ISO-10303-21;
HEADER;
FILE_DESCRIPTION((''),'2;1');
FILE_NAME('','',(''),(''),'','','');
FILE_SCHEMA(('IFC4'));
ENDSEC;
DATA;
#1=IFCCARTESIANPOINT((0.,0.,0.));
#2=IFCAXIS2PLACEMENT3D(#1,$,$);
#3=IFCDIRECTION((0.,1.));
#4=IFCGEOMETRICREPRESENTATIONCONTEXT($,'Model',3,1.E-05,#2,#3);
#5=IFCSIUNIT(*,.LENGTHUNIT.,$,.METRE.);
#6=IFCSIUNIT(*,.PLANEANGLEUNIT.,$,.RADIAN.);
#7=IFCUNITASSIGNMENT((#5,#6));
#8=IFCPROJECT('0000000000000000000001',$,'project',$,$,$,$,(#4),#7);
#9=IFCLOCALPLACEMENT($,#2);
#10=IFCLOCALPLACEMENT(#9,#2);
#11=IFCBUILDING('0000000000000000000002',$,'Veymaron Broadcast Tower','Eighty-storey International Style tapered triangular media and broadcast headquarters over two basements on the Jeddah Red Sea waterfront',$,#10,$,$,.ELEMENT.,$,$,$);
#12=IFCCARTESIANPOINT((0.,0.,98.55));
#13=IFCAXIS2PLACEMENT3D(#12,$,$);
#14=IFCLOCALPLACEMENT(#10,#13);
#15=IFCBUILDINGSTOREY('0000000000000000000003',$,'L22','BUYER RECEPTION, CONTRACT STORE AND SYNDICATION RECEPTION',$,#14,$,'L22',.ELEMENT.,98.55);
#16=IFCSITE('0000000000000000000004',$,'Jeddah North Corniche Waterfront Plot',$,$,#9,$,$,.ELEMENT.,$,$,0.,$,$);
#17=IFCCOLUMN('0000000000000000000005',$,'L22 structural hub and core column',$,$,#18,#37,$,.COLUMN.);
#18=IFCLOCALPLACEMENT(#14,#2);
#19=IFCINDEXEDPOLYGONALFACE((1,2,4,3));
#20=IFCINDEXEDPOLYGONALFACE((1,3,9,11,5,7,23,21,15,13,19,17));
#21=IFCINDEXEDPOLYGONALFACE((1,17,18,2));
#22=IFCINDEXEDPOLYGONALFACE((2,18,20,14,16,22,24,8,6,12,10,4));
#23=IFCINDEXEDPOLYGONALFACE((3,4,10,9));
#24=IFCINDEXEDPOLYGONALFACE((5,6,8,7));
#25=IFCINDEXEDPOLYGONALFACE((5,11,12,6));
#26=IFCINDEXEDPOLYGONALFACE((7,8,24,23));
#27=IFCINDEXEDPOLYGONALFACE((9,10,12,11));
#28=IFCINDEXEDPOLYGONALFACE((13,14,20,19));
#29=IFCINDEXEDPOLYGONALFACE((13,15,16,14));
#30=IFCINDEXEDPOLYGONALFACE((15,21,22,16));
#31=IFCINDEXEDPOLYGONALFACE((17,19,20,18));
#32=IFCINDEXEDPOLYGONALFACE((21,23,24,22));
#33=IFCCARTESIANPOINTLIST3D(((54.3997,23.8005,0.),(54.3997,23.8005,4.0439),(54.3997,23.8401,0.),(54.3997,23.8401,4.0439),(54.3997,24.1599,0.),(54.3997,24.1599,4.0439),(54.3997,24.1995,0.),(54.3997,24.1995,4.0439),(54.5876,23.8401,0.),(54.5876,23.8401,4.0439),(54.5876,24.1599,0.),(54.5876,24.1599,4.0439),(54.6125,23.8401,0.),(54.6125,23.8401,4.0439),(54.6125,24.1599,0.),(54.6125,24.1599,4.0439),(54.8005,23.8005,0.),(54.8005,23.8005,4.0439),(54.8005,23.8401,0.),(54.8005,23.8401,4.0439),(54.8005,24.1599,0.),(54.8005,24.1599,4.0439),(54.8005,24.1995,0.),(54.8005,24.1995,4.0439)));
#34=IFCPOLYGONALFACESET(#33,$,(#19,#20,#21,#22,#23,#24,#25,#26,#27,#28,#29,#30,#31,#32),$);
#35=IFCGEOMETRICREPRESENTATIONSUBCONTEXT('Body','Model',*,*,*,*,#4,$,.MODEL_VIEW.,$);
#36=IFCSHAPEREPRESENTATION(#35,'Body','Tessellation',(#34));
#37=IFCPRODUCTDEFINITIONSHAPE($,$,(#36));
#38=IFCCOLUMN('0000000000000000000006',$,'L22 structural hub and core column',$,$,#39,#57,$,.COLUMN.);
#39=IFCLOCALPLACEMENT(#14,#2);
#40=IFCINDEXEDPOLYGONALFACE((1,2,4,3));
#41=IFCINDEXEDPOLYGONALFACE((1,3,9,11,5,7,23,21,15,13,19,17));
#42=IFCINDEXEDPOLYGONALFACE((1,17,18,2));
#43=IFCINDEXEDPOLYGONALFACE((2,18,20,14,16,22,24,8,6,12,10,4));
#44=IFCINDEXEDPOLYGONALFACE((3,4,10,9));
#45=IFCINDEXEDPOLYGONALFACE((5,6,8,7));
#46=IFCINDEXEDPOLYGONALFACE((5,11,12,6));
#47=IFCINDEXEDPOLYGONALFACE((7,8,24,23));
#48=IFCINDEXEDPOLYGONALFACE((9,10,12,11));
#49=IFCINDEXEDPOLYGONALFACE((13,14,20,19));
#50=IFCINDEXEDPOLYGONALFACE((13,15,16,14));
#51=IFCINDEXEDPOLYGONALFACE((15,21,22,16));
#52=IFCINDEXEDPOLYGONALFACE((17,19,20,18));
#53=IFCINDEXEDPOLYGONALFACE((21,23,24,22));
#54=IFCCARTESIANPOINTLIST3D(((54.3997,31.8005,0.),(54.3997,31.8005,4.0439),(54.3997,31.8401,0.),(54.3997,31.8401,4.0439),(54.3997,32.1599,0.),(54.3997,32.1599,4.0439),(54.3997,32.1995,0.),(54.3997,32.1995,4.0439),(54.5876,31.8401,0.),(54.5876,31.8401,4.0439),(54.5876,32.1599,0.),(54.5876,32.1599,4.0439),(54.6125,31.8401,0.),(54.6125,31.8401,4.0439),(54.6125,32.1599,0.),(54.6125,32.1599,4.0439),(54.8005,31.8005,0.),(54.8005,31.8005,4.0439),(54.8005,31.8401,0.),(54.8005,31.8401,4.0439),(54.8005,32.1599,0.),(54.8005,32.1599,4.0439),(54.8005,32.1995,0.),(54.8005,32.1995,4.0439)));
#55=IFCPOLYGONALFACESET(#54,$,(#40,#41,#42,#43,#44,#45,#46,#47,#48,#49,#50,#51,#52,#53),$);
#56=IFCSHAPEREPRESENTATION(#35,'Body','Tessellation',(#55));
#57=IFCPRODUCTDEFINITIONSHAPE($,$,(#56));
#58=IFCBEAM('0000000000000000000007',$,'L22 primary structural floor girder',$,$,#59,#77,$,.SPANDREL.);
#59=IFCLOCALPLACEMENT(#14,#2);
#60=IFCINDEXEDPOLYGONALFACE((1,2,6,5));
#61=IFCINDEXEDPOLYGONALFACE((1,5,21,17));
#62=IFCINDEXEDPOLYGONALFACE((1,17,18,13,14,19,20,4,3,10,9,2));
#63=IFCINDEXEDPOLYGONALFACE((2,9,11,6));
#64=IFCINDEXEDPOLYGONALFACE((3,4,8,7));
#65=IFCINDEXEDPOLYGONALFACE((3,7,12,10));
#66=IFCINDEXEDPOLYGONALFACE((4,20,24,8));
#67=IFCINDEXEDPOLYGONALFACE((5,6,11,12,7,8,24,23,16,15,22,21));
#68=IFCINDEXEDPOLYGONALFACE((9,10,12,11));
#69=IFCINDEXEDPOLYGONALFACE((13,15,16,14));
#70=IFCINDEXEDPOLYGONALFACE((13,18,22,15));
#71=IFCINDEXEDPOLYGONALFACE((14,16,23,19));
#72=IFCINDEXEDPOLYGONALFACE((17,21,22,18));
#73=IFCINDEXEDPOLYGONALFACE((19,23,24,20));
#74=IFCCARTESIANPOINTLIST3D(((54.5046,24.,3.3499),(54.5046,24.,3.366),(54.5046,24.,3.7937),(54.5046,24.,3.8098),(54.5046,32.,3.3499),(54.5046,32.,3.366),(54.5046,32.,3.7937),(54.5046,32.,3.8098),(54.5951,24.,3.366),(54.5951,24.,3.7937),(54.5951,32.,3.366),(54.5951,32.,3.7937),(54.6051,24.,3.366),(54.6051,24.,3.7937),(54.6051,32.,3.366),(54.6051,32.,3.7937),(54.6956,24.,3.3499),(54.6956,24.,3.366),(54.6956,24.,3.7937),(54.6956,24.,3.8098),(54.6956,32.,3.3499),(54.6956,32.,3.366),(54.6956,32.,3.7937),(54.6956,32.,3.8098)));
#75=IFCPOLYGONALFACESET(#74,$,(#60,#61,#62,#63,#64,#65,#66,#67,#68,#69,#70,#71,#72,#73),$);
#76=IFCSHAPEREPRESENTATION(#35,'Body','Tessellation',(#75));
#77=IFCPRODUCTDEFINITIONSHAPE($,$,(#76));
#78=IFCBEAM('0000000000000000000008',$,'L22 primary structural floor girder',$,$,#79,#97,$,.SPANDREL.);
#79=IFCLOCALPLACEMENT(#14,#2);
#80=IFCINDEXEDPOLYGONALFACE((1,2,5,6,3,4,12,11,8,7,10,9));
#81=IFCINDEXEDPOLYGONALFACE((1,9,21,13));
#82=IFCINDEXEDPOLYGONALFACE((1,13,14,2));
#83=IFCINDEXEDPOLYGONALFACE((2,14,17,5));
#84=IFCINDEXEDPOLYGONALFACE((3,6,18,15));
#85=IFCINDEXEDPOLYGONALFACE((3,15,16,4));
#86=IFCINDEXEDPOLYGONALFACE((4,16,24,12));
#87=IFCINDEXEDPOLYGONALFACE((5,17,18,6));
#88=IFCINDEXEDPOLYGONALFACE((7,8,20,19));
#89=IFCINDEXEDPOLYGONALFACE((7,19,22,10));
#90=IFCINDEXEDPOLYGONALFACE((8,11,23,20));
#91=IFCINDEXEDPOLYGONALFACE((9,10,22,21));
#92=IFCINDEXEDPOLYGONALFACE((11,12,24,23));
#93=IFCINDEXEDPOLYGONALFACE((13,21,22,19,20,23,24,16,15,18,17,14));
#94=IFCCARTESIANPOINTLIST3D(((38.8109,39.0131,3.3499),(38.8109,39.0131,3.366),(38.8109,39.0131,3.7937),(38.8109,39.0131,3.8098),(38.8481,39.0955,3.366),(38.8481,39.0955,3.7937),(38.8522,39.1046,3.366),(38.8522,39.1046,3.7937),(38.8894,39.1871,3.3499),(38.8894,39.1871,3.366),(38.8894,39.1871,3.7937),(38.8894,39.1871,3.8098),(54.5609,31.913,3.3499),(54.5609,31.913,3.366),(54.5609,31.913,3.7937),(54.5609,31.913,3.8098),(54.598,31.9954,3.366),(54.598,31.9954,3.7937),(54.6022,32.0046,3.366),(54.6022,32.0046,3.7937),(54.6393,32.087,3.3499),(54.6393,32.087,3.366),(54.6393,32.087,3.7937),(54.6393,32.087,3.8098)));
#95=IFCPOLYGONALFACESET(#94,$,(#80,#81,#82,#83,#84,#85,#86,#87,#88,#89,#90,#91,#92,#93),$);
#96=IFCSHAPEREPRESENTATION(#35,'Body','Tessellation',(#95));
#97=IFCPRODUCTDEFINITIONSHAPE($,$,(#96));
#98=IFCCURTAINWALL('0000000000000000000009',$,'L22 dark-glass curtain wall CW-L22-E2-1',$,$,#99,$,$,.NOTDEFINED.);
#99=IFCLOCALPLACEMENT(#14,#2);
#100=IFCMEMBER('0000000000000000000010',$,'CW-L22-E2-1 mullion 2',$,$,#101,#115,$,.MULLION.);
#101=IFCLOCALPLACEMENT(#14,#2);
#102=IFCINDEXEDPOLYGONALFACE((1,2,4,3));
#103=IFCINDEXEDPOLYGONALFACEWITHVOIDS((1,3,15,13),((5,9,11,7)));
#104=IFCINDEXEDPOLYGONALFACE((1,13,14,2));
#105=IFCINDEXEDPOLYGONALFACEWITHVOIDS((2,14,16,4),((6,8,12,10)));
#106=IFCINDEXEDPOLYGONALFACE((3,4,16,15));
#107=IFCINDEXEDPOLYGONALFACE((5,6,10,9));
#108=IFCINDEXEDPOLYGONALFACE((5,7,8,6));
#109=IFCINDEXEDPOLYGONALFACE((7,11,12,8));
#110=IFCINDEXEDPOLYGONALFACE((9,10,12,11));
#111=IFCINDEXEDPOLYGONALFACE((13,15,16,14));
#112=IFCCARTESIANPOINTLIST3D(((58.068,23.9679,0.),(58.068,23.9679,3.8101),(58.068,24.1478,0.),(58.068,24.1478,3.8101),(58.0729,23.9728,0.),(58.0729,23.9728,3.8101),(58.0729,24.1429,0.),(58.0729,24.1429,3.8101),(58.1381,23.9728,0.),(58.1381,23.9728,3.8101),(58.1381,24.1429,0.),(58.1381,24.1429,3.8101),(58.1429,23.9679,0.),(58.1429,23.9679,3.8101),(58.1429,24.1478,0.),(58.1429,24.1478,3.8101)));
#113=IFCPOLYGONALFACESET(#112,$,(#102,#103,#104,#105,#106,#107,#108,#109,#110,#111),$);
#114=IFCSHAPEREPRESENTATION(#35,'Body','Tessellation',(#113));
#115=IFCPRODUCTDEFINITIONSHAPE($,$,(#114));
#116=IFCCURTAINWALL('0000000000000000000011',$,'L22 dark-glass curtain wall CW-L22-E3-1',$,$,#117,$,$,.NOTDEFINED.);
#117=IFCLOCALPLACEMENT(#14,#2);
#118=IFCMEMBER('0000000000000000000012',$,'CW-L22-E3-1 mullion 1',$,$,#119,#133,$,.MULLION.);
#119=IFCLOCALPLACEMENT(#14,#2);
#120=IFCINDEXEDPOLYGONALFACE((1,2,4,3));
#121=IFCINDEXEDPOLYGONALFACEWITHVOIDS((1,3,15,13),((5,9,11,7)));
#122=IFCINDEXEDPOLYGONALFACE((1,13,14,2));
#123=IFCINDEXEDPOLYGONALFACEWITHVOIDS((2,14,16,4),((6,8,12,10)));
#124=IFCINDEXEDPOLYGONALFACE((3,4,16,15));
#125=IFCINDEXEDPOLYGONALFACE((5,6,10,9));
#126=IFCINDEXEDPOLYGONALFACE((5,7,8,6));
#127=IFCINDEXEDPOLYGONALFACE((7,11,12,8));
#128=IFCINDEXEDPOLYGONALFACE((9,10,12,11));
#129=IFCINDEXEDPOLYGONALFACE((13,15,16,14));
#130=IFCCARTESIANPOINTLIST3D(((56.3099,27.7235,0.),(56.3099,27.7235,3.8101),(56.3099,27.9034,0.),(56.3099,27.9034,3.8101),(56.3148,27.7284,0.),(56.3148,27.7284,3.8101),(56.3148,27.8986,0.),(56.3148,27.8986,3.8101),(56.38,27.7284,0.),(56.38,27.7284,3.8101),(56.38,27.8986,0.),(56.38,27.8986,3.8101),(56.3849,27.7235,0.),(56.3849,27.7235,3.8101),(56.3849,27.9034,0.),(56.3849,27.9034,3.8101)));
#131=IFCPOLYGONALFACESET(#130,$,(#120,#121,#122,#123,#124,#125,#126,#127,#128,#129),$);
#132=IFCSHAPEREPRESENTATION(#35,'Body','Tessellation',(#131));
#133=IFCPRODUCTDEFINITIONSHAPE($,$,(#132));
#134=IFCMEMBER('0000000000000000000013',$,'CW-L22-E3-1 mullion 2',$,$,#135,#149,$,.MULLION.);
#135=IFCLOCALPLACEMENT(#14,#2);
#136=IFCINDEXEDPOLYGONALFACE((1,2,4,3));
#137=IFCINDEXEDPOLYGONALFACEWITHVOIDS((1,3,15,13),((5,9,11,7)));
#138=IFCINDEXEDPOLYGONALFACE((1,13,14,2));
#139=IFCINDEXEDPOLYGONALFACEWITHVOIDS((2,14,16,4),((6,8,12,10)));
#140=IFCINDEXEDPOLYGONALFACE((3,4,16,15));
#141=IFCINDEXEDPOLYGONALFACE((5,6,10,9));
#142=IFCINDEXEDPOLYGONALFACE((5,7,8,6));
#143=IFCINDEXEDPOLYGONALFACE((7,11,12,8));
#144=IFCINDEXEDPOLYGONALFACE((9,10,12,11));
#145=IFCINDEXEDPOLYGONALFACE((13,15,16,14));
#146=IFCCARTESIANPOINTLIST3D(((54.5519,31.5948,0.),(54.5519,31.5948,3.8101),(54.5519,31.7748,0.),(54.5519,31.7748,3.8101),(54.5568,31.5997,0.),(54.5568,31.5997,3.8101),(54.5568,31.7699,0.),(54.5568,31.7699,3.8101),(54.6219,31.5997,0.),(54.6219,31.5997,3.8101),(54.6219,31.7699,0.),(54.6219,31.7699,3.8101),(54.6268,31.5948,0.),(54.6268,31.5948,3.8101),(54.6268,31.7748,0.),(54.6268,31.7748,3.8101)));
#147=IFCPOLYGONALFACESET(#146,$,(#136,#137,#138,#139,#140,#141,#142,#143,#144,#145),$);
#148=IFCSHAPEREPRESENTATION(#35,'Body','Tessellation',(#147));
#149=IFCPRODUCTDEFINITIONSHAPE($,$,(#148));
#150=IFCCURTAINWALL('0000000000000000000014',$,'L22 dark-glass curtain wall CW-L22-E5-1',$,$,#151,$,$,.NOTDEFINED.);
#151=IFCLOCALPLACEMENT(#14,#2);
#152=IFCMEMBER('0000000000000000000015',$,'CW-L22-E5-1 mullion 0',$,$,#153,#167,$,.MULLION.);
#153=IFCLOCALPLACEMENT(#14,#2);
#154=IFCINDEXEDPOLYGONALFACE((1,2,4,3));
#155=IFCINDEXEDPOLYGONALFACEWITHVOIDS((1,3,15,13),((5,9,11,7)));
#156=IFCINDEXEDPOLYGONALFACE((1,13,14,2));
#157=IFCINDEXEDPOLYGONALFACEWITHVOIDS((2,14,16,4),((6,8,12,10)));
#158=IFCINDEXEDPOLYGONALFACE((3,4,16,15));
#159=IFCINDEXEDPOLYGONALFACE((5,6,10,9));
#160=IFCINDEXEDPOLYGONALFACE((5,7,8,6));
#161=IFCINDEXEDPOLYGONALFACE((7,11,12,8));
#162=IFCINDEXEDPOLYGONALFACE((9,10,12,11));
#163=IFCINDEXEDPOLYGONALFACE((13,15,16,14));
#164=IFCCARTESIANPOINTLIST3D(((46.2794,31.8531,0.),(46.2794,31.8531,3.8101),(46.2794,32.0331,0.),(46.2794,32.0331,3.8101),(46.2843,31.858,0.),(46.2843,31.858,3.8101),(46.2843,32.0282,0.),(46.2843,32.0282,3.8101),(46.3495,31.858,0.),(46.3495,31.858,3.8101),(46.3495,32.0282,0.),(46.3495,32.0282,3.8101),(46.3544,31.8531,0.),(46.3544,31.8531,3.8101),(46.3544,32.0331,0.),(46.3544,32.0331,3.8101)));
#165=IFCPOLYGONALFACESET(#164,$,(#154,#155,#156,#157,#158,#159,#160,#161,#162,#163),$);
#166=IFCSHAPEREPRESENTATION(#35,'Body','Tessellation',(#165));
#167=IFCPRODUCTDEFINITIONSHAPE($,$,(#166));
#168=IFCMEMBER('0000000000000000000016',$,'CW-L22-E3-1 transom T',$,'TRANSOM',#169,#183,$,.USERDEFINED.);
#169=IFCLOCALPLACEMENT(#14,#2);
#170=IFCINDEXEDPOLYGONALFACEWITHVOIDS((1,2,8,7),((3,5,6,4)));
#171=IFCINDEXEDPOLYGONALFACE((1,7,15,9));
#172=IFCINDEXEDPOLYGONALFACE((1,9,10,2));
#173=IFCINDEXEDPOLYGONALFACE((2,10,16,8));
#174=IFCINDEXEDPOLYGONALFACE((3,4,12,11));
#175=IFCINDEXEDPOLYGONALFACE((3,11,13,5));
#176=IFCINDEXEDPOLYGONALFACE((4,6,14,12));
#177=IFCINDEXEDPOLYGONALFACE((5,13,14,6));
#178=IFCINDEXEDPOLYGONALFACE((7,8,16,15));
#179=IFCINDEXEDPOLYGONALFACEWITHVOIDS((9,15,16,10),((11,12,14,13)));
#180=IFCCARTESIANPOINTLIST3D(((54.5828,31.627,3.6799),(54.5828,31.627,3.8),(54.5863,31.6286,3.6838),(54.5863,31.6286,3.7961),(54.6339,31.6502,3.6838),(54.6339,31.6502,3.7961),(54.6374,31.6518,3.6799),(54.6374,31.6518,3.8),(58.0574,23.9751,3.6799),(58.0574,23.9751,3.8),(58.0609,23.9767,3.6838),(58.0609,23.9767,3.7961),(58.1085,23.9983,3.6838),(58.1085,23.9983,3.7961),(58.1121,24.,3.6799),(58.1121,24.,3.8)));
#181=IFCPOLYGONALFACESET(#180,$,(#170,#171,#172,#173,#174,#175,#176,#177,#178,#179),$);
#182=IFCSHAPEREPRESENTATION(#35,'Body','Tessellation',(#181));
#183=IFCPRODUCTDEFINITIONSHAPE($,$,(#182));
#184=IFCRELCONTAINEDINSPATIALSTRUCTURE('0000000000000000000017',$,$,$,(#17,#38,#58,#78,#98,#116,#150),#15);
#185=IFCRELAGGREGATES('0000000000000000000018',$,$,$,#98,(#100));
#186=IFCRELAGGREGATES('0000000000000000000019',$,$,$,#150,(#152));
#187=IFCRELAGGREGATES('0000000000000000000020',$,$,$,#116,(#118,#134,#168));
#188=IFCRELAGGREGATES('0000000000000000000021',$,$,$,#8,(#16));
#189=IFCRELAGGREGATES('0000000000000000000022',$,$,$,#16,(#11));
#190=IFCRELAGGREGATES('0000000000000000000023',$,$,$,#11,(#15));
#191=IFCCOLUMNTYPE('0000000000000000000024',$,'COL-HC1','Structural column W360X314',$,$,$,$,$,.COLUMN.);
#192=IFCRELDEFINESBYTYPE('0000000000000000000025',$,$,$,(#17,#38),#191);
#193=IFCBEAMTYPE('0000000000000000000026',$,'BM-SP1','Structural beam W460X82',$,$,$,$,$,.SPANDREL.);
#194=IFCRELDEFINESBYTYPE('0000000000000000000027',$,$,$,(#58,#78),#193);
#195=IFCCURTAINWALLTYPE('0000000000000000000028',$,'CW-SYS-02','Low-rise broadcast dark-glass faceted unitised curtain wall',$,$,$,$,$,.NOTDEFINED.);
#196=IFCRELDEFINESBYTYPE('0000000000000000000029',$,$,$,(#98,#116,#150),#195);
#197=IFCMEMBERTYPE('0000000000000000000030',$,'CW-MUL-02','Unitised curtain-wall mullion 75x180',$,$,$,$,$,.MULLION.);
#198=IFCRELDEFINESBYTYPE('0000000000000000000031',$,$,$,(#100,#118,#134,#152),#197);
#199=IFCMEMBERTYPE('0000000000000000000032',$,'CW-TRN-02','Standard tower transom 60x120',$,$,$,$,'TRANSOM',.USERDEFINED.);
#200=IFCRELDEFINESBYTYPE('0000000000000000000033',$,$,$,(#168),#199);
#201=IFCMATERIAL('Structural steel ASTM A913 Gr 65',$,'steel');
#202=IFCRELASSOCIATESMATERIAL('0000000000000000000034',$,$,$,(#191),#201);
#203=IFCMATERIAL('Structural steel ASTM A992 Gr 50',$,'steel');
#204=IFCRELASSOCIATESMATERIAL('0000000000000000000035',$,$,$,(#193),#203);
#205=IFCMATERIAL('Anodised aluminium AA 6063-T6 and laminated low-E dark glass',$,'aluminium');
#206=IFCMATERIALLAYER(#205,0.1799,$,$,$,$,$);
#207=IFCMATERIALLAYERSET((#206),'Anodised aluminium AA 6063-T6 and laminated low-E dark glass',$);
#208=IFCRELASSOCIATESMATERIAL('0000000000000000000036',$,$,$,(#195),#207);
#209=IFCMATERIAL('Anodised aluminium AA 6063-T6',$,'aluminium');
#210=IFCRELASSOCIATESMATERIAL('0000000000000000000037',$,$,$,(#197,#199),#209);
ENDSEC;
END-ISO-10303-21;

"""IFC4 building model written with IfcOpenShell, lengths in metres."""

from ifc_helpers import new_model, si_unit, direction, frame, origin, origin_2d, place, context, subcontext, project, spatial, hollow_rectangle, i_section, extrude, material, layer, layer_set, material_profile, profile_set, type_object, element, aggregate, save


model = new_model("IFC4")

# Units and contexts
model_context = context("Model", 3, precision=1e-05, world=origin(), true_north=direction((0.0, 1.0)))
body_context = subcontext(model_context, "Body", "Model", "MODEL_VIEW")
ifc_project = project(units=[si_unit("LENGTHUNIT", "METRE"), si_unit("PLANEANGLEUNIT", "RADIAN")], contexts=[model_context])

# Site, building, storey
site_placement = place(None, origin())
site = spatial("IfcSite", under=ifc_project, at=site_placement, Name="Jeddah North Corniche Waterfront Plot", CompositionType="ELEMENT", RefElevation=0.0)
building_placement = place(site_placement, origin())
building = spatial("IfcBuilding", under=site, at=building_placement, Name="Veymaron Broadcast Tower", Description="Eighty-storey International Style tapered triangular media and broadcast headquarters over two basements on the Jeddah Red Sea waterfront", CompositionType="ELEMENT")
storey_placement = place(building_placement, frame((0.0, 0.0, 98.55)))
storey = spatial("IfcBuildingStorey", under=building, at=storey_placement, Name="L22", Description="BUYER RECEPTION, CONTRACT STORE AND SYNDICATION RECEPTION", LongName="L22", CompositionType="ELEMENT", Elevation=98.55)

# Columns
ifc_material_1 = material(Name="Structural steel ASTM A913 Gr 65", Category="steel")
ifc_material_profile_1 = material_profile(ifc_material_1, i_section(OverallWidth=0.4009, OverallDepth=0.3989, WebThickness=0.0249, FlangeThickness=0.0396, at=origin_2d()), Name="W360X314")
ifc_profile_set_1 = profile_set([ifc_material_profile_1], Name="Structural steel ASTM A913 Gr 65")
column_type = type_object("IfcColumnType", Name="COL-HC1", Description="Structural column W360X314", PredefinedType="COLUMN", material=ifc_profile_set_1)
for number, where, z_axis, x_axis, name in (
    (1, (54.6001, 24.0, 0.0), (0.0, 0.0, 1.0), (1.0, 0.0, 0.0), "L22 structural hub and core column"),
    (2, (54.6001, 32.0, 0.0), (0.0, 0.0, 1.0), (1.0, 0.0, 0.0), "L22 structural hub and core column"),
):
    element("IfcColumn", number, at=place(storey_placement, frame(where, z_axis=z_axis, x_axis=x_axis)), inside=storey, type_object=column_type, Name=name, PredefinedType="COLUMN", context=body_context, shape_type="SweptSolid", body=[
        extrude(i_section(OverallWidth=0.4009, OverallDepth=0.3989, WebThickness=0.0249, FlangeThickness=0.0396, at=origin_2d()), origin(), (0.0, 0.0, 1.0), 4.0439),
    ])

# Beams
ifc_material_2 = material(Name="Structural steel ASTM A992 Gr 50", Category="steel")
ifc_material_profile_2 = material_profile(ifc_material_2, i_section(OverallWidth=0.1909, OverallDepth=0.46, WebThickness=0.01, FlangeThickness=0.0161, at=origin_2d()), Name="W460X82")
ifc_profile_set_2 = profile_set([ifc_material_profile_2], Name="Structural steel ASTM A992 Gr 50")
beam_type = type_object("IfcBeamType", Name="BM-SP1", Description="Structural beam W460X82", PredefinedType="SPANDREL", material=ifc_profile_set_2)
beam_1_placement = place(storey_placement, frame((54.6001, 24.0, 3.5798), z_axis=(0.0, 1.0, 0.0), x_axis=(-1.0, 0.0, 0.0)))
element("IfcBeam", 3, at=beam_1_placement, inside=storey, type_object=beam_type, Name="L22 primary structural floor girder", PredefinedType="SPANDREL", context=body_context, shape_type="SweptSolid", body=[
    extrude(i_section(OverallWidth=0.1909, OverallDepth=0.46, WebThickness=0.01, FlangeThickness=0.0161, at=origin_2d()), origin(), (0.0, 0.0, 1.0), 8.0),
])
beam_2_placement = place(storey_placement, frame((54.6001, 32.0, 3.5798), z_axis=(-0.911648, 0.410971, 0.0), x_axis=(-0.410971, -0.911648, 0.0)))
element("IfcBeam", 4, at=beam_2_placement, inside=storey, type_object=beam_type, Name="L22 primary structural floor girder", PredefinedType="SPANDREL", context=body_context, shape_type="SweptSolid", body=[
    extrude(i_section(OverallWidth=0.1909, OverallDepth=0.46, WebThickness=0.01, FlangeThickness=0.0161, at=origin_2d()), origin(), (0.0, 0.0, 1.0), 17.2764),
])

# Curtain wall, member
ifc_material_3 = material(Name="Anodised aluminium AA 6063-T6 and laminated low-E dark glass", Category="aluminium")
ifc_layer_1 = layer(ifc_material_3, 0.1799)
ifc_layer_set_1 = layer_set([ifc_layer_1], Name="Anodised aluminium AA 6063-T6 and laminated low-E dark glass")
curtain_wall_type = type_object("IfcCurtainWallType", Name="CW-SYS-02", Description="Low-rise broadcast dark-glass faceted unitised curtain wall", PredefinedType="NOTDEFINED", material=ifc_layer_set_1)
curtain_wall_1_placement = place(storey_placement, origin())
curtain_wall_1 = element("IfcCurtainWall", 5, at=curtain_wall_1_placement, inside=storey, type_object=curtain_wall_type, Name="L22 dark-glass curtain wall CW-L22-E2-1", PredefinedType="NOTDEFINED")
ifc_material_4 = material(Name="Anodised aluminium AA 6063-T6", Category="aluminium")
ifc_material_profile_3 = material_profile(ifc_material_4, hollow_rectangle(XDim=0.075, YDim=0.1799, WallThickness=0.0049, at=origin_2d()), Name="AL180X75X5")
ifc_profile_set_3 = profile_set([ifc_material_profile_3], Name="Anodised aluminium AA 6063-T6")
member_type_1 = type_object("IfcMemberType", Name="CW-MUL-02", Description="Unitised curtain-wall mullion 75x180", PredefinedType="MULLION", material=ifc_profile_set_3)
member_1_placement = place(storey_placement, frame((58.1055, 24.0579, 0.0), z_axis=(0.0, 0.0, 1.0), x_axis=(1.0, 0.0, 0.0)))
member_1 = element("IfcMember", 6, at=member_1_placement, type_object=member_type_1, Name="CW-L22-E2-1 mullion 2", PredefinedType="MULLION", context=body_context, shape_type="SweptSolid", body=[
    extrude(hollow_rectangle(XDim=0.075, YDim=0.1799, WallThickness=0.0049, at=origin_2d()), origin(), (0.0, 0.0, 1.0), 3.8101),
])
aggregate(curtain_wall_1, [member_1])

# Curtain wall, members
curtain_wall_2_placement = place(storey_placement, origin())
curtain_wall_2 = element("IfcCurtainWall", 7, at=curtain_wall_2_placement, inside=storey, type_object=curtain_wall_type, Name="L22 dark-glass curtain wall CW-L22-E3-1", PredefinedType="NOTDEFINED")
member_2_placement = place(storey_placement, frame((56.3474, 27.8135, 0.0), z_axis=(0.0, 0.0, 1.0), x_axis=(1.0, 0.0, 0.0)))
member_2 = element("IfcMember", 8, at=member_2_placement, type_object=member_type_1, Name="CW-L22-E3-1 mullion 1", PredefinedType="MULLION", context=body_context, shape_type="SweptSolid", body=[
    extrude(hollow_rectangle(XDim=0.075, YDim=0.1799, WallThickness=0.0049, at=origin_2d()), origin(), (0.0, 0.0, 1.0), 3.8101),
])
member_3_placement = place(storey_placement, frame((54.5894, 31.6848, 0.0), z_axis=(0.0, 0.0, 1.0), x_axis=(1.0, 0.0, 0.0)))
member_3 = element("IfcMember", 9, at=member_3_placement, type_object=member_type_1, Name="CW-L22-E3-1 mullion 2", PredefinedType="MULLION", context=body_context, shape_type="SweptSolid", body=[
    extrude(hollow_rectangle(XDim=0.075, YDim=0.1799, WallThickness=0.0049, at=origin_2d()), origin(), (0.0, 0.0, 1.0), 3.8101),
])

# Curtain wall, member
curtain_wall_3_placement = place(storey_placement, origin())
curtain_wall_3 = element("IfcCurtainWall", 10, at=curtain_wall_3_placement, inside=storey, type_object=curtain_wall_type, Name="L22 dark-glass curtain wall CW-L22-E5-1", PredefinedType="NOTDEFINED")
member_4_placement = place(storey_placement, frame((46.3169, 31.9431, 0.0), z_axis=(0.0, 0.0, 1.0), x_axis=(1.0, 0.0, 0.0)))
member_4 = element("IfcMember", 11, at=member_4_placement, type_object=member_type_1, Name="CW-L22-E5-1 mullion 0", PredefinedType="MULLION", context=body_context, shape_type="SweptSolid", body=[
    extrude(hollow_rectangle(XDim=0.075, YDim=0.1799, WallThickness=0.0049, at=origin_2d()), origin(), (0.0, 0.0, 1.0), 3.8101),
])

# Member
ifc_material_profile_4 = material_profile(ifc_material_4, hollow_rectangle(XDim=0.0601, YDim=0.1201, WallThickness=0.0039, at=origin_2d()), Name="AL120X60X4")
ifc_profile_set_4 = profile_set([ifc_material_profile_4], Name="Anodised aluminium AA 6063-T6")
member_type_2 = type_object("IfcMemberType", Name="CW-TRN-02", Description="Standard tower transom 60x120", ElementType="TRANSOM", PredefinedType="USERDEFINED", material=ifc_profile_set_4)
member_5_placement = place(storey_placement, frame((58.0847, 23.9875, 3.74), z_axis=(-0.413457, 0.910524, 0.0), x_axis=(-0.910524, -0.413457, 0.0)))
member_5 = element("IfcMember", 12, at=member_5_placement, type_object=member_type_2, Name="CW-L22-E3-1 transom T", ObjectType="TRANSOM", PredefinedType="USERDEFINED", context=body_context, shape_type="SweptSolid", body=[
    extrude(hollow_rectangle(XDim=0.0601, YDim=0.1201, WallThickness=0.0039, at=origin_2d()), origin(), (0.0, 0.0, 1.0), 8.4038),
])
aggregate(curtain_wall_3, [member_4])

aggregate(curtain_wall_2, [member_2, member_3, member_5])

save(model, "model.ifc")
